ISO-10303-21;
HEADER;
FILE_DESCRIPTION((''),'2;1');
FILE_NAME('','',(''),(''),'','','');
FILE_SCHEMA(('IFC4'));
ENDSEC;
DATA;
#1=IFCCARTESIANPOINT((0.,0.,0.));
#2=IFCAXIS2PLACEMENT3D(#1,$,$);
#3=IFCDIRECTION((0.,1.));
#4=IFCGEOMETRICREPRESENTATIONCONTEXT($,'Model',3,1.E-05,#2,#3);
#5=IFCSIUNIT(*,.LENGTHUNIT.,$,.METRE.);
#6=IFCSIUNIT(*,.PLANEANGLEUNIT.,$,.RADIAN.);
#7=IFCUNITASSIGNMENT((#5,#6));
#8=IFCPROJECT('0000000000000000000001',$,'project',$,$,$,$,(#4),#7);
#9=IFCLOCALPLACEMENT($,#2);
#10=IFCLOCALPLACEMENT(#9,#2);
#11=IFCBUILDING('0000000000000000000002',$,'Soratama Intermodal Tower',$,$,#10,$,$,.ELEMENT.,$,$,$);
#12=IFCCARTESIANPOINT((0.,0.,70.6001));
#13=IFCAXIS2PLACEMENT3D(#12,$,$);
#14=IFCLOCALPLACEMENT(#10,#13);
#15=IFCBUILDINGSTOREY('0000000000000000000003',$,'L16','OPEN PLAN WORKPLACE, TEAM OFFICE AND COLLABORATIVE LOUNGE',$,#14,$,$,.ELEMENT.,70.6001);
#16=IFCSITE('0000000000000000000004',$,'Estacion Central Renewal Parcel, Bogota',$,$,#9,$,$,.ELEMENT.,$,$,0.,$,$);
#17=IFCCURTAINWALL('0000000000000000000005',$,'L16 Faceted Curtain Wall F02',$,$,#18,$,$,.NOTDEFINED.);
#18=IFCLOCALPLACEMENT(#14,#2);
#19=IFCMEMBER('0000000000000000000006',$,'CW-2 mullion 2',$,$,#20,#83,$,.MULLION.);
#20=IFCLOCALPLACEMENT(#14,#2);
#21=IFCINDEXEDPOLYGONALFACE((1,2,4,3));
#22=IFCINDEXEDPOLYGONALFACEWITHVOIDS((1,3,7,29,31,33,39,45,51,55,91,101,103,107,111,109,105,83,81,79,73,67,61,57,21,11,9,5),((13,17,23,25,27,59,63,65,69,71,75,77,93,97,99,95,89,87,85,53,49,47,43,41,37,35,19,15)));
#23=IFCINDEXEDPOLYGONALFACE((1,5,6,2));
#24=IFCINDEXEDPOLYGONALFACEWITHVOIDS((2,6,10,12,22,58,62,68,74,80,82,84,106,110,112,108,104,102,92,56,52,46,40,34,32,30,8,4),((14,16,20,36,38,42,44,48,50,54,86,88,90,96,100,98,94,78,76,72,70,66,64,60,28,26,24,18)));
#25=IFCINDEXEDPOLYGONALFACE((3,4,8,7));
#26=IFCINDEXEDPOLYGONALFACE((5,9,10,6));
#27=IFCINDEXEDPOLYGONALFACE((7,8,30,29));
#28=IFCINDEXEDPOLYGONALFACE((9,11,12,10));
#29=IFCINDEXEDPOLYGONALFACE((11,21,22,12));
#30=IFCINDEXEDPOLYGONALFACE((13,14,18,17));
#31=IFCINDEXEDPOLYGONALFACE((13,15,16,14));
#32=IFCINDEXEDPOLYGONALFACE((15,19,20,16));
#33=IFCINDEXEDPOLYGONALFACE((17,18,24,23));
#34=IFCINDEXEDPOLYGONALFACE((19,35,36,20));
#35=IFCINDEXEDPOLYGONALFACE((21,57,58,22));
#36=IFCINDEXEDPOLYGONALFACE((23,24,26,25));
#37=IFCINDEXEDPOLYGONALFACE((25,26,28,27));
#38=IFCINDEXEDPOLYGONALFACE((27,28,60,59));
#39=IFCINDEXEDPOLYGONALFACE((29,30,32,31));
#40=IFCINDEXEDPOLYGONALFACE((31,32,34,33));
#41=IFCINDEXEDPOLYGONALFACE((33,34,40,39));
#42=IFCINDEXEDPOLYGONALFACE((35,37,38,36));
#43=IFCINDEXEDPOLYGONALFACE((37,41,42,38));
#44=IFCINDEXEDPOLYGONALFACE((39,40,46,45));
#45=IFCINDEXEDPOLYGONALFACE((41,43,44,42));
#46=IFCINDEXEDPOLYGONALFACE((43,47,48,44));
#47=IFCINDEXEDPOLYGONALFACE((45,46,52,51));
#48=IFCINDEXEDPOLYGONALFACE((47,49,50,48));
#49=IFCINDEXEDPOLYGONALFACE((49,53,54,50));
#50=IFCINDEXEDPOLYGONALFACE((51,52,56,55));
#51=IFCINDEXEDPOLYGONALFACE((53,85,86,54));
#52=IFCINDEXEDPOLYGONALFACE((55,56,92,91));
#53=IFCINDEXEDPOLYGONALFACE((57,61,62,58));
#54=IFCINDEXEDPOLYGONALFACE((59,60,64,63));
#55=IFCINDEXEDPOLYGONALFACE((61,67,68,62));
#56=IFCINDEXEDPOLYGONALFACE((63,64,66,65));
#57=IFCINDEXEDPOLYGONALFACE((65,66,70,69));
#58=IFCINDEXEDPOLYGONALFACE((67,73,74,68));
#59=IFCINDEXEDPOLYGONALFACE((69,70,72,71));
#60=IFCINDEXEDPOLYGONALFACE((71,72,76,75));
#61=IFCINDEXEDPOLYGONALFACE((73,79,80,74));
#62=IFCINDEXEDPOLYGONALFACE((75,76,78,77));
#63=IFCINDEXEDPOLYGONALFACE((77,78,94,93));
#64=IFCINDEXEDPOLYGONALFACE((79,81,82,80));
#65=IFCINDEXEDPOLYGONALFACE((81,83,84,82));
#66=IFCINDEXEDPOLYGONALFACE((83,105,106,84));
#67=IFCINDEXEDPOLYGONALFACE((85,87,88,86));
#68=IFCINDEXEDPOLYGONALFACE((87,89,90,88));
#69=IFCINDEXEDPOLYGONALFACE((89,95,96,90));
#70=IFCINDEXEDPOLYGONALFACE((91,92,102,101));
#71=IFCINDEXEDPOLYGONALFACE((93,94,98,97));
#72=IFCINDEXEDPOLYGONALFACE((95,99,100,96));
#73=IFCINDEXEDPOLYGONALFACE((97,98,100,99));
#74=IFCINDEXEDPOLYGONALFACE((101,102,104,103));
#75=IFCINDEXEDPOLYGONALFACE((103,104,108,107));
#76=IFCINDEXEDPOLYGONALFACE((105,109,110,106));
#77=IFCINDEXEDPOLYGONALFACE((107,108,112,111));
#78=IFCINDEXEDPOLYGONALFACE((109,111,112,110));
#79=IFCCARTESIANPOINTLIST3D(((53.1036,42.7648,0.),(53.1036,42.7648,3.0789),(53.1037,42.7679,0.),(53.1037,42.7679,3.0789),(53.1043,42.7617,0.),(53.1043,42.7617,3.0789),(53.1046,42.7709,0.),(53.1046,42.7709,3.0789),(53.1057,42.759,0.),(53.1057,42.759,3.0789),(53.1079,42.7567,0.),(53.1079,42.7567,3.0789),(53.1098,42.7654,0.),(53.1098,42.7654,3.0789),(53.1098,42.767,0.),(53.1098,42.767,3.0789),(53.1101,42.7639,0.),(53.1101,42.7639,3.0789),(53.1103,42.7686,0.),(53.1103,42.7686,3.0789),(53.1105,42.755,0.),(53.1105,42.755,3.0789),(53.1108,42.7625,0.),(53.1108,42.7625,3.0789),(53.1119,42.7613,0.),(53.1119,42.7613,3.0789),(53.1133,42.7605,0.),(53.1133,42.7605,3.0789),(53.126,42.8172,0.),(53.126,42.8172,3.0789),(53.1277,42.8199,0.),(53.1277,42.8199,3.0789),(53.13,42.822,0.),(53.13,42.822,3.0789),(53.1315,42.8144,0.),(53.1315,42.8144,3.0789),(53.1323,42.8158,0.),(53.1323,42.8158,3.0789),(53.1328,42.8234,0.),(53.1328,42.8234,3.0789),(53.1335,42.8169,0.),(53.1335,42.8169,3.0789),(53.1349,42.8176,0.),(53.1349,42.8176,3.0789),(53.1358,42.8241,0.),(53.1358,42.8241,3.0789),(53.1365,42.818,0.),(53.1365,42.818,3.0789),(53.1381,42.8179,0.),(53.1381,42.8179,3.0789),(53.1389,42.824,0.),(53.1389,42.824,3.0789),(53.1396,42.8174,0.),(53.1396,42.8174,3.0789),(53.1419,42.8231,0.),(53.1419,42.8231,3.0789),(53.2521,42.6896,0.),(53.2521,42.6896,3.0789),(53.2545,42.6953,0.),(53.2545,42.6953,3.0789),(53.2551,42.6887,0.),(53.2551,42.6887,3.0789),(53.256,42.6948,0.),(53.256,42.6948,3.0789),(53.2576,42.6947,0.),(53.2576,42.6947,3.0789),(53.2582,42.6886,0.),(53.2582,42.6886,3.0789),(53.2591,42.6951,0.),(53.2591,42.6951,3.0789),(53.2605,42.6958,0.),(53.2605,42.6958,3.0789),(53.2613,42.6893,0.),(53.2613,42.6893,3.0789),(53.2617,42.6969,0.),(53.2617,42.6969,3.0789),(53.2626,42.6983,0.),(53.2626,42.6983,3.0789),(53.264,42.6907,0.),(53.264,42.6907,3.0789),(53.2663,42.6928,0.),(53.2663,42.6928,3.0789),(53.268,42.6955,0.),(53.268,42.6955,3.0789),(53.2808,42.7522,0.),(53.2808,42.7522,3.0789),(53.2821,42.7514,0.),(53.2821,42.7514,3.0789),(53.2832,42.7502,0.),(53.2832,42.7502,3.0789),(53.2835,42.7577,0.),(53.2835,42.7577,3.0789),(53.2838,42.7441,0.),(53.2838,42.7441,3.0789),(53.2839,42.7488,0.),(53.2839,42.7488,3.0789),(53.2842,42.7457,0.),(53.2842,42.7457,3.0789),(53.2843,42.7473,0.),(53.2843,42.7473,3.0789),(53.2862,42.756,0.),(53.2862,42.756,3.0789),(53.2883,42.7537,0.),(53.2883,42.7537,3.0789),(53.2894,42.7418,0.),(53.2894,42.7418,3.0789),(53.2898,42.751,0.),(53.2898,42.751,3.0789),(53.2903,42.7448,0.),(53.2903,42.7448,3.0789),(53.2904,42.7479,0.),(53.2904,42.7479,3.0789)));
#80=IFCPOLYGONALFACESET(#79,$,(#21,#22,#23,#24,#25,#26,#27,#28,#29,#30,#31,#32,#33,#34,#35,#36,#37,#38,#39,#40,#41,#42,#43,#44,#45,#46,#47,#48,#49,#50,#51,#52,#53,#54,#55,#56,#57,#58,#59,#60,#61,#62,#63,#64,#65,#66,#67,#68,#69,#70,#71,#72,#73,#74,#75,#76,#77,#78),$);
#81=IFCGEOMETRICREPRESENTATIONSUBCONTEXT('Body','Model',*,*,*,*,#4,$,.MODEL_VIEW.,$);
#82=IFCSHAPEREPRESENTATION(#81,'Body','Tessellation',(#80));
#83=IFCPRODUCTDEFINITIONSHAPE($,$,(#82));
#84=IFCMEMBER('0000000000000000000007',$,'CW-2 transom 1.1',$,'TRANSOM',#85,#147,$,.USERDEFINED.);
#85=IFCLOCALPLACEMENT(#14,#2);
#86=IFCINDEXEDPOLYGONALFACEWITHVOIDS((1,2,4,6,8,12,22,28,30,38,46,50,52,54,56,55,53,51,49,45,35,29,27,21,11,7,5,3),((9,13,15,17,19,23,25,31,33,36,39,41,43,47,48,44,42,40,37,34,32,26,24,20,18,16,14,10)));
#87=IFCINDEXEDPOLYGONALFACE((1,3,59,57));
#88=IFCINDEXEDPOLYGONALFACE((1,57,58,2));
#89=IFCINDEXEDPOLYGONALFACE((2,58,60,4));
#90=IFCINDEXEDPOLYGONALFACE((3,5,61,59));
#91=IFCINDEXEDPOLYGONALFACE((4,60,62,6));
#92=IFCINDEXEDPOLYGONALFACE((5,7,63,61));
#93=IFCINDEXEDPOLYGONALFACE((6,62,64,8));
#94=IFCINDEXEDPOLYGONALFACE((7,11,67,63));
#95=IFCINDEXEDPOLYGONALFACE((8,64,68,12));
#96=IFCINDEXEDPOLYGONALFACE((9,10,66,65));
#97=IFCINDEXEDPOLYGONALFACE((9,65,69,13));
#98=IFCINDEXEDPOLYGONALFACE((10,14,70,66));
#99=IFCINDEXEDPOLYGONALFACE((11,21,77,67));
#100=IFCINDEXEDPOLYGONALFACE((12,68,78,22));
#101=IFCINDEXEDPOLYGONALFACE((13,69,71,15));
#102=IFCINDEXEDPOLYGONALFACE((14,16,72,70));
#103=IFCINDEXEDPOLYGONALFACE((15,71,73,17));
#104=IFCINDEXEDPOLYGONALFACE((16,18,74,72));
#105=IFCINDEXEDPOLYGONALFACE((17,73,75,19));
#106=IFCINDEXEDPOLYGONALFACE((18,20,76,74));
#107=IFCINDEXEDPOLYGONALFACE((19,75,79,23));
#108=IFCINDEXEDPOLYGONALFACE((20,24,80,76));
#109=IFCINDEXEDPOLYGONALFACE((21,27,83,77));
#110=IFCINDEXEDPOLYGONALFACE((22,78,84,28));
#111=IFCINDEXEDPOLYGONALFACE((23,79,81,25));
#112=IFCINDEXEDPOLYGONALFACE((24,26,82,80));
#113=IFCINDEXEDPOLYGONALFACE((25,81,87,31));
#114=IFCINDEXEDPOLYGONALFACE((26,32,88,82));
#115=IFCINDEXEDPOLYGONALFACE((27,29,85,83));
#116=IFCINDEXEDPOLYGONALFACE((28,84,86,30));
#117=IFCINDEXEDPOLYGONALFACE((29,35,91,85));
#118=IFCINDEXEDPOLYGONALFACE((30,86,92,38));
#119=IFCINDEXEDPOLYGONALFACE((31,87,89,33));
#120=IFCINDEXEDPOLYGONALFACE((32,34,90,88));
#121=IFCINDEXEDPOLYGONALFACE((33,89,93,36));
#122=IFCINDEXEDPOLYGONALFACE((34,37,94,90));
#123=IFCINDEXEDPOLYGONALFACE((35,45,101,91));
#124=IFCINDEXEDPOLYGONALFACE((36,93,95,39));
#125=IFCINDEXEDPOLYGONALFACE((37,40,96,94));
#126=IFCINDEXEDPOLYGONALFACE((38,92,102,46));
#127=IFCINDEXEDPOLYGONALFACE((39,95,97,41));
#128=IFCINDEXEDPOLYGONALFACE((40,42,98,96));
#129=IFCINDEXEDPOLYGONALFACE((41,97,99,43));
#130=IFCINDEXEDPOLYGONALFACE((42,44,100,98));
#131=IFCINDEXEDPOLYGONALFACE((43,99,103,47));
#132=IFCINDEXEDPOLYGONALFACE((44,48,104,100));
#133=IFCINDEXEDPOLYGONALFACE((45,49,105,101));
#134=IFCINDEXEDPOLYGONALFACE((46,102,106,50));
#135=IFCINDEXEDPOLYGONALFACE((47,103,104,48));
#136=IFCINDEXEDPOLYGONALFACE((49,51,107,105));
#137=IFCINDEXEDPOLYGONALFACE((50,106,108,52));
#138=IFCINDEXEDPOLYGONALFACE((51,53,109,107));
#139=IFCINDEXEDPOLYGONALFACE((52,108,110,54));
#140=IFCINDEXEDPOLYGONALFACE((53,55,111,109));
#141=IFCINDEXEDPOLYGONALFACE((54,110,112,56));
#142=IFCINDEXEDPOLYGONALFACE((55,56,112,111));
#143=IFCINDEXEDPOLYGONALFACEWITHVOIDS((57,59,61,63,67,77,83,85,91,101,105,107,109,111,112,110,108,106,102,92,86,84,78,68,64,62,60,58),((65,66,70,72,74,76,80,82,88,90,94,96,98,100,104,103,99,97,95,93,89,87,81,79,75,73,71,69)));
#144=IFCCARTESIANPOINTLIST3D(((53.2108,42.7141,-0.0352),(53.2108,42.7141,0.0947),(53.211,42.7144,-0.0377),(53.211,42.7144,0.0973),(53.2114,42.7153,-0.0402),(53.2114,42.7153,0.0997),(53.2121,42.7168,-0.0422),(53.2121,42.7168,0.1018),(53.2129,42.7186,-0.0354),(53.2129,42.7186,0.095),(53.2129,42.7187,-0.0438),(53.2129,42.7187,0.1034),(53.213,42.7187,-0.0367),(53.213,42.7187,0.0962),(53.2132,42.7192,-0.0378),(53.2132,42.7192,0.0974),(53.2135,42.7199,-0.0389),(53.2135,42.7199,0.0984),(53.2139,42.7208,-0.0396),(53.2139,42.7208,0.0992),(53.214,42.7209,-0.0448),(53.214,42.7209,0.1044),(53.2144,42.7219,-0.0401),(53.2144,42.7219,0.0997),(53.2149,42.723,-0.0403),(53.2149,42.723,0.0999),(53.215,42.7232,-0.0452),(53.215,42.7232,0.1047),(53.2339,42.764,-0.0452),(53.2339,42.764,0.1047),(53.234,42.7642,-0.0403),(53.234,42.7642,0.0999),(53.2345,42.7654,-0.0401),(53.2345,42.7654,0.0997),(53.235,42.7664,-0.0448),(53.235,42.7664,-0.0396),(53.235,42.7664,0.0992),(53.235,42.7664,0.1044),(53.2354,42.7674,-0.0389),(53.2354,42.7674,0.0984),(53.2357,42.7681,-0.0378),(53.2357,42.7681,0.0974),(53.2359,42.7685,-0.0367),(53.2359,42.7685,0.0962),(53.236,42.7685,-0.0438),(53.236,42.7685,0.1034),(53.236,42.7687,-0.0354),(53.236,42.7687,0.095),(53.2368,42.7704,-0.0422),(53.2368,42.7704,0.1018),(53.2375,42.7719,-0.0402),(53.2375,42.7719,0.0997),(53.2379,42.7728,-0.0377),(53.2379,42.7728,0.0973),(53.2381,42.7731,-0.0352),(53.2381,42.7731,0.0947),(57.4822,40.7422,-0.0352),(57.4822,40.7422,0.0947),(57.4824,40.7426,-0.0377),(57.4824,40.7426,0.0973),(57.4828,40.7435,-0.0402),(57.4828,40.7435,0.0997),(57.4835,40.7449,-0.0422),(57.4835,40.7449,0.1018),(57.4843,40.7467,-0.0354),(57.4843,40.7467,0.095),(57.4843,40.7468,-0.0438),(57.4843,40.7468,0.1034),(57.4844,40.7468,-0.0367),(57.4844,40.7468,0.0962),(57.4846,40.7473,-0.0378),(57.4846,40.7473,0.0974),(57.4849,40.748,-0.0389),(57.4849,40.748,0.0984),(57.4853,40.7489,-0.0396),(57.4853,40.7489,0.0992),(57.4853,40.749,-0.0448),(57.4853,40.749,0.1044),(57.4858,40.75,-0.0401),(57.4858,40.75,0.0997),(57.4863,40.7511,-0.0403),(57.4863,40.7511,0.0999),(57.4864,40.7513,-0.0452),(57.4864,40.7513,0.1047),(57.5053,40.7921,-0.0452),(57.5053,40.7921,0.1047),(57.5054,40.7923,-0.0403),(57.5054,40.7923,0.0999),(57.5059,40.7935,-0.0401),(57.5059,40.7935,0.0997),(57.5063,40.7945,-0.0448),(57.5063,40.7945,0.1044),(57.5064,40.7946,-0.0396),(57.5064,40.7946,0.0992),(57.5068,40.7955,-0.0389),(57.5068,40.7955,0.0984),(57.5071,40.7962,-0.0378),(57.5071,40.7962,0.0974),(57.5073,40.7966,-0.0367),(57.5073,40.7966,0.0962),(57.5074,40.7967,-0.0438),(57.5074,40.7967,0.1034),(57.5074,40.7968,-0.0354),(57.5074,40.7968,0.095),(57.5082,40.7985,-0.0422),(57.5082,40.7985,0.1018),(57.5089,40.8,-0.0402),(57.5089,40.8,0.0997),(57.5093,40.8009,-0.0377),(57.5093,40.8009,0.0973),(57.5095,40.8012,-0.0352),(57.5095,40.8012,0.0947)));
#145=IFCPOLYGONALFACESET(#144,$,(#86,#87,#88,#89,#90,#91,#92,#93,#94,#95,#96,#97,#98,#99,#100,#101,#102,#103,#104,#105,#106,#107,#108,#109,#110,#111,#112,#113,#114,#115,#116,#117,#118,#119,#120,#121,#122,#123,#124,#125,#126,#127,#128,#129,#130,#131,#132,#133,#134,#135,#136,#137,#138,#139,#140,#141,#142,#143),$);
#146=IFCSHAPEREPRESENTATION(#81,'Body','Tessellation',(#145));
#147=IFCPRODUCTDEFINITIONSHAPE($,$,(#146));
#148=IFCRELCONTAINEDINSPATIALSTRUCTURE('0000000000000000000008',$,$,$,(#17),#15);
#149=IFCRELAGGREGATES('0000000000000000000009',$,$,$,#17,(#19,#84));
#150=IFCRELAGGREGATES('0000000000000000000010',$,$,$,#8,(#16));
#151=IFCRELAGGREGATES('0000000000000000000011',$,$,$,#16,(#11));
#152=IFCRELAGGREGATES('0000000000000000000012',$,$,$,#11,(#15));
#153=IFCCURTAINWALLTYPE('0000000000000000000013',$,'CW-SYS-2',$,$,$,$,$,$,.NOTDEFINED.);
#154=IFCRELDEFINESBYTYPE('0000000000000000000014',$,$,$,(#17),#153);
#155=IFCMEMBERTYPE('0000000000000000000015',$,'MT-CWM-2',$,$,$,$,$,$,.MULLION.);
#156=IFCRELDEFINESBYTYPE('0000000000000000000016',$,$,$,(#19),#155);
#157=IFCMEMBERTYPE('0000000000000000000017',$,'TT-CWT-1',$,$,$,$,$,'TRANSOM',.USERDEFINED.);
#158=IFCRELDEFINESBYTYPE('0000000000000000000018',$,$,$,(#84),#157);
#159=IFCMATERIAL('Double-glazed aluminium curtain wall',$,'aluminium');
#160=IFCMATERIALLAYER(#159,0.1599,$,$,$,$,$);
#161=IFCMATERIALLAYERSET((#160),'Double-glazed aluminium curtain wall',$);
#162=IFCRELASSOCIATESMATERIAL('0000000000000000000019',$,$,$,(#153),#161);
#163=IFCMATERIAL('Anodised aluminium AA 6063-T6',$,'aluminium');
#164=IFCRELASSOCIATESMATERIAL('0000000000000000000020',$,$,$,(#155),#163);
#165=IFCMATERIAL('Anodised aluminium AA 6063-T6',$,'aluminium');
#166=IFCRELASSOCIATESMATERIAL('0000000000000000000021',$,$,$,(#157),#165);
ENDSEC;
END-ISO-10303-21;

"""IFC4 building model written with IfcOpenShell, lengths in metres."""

from ifc_helpers import new_model, si_unit, direction, frame, origin, origin_2d, place, context, subcontext, project, spatial, hollow_rectangle, extrude, material, layer, layer_set, material_profile, profile_set, type_object, element, aggregate, save


model = new_model("IFC4")

# Units and contexts
model_context = context("Model", 3, precision=1e-05, world=origin(), true_north=direction((0.0, 1.0)))
body_context = subcontext(model_context, "Body", "Model", "MODEL_VIEW")
ifc_project = project(units=[si_unit("LENGTHUNIT", "METRE"), si_unit("PLANEANGLEUNIT", "RADIAN")], contexts=[model_context])

# Site, building, storey
site_placement = place(None, origin())
site = spatial("IfcSite", under=ifc_project, at=site_placement, Name="Estacion Central Renewal Parcel, Bogota", CompositionType="ELEMENT", RefElevation=0.0)
building_placement = place(site_placement, origin())
building = spatial("IfcBuilding", under=site, at=building_placement, Name="Soratama Intermodal Tower", CompositionType="ELEMENT")
storey_placement = place(building_placement, frame((0.0, 0.0, 70.6001)))
storey = spatial("IfcBuildingStorey", under=building, at=storey_placement, Name="L16", Description="OPEN PLAN WORKPLACE, TEAM OFFICE AND COLLABORATIVE LOUNGE", CompositionType="ELEMENT", Elevation=70.6001)

# Shared definitions
ifc_material_1 = material(Name="Double-glazed aluminium curtain wall", Category="aluminium")
ifc_layer_1 = layer(ifc_material_1, 0.1599)
ifc_layer_set_1 = layer_set([ifc_layer_1], Name="Double-glazed aluminium curtain wall")
curtain_wall_type = type_object("IfcCurtainWallType", Name="CW-SYS-2", PredefinedType="NOTDEFINED", material=ifc_layer_set_1)
ifc_material_2 = material(Name="Anodised aluminium AA 6063-T6", Category="aluminium")
ifc_material_profile_1 = material_profile(ifc_material_2, hollow_rectangle(XDim=0.075, YDim=0.1799, WallThickness=0.0061, InnerFilletRadius=0.0061, OuterFilletRadius=0.012, at=origin_2d()), Name="CWM180X75X6")
ifc_profile_set_1 = profile_set([ifc_material_profile_1], Name="Anodised aluminium AA 6063-T6")
member_type_1 = type_object("IfcMemberType", Name="MT-CWM-2", PredefinedType="MULLION", material=ifc_profile_set_1)

# Curtain wall, members
curtain_wall_1_placement = place(storey_placement, origin())
curtain_wall_1 = element("IfcCurtainWall", 1, at=curtain_wall_1_placement, inside=storey, type_object=curtain_wall_type, Name="L16 Faceted Curtain Wall F02", PredefinedType="NOTDEFINED")
member_1_placement = place(storey_placement, frame((53.197, 42.7563, 0.0), z_axis=(0.0, 0.0, 1.0), x_axis=(-0.419138, -0.907923, 0.0)))
member_1 = element("IfcMember", 2, at=member_1_placement, type_object=member_type_1, Name="CW-2 mullion 2", PredefinedType="MULLION", context=body_context, shape_type="SweptSolid", body=[
    extrude(hollow_rectangle(XDim=0.075, YDim=0.1799, WallThickness=0.0061, InnerFilletRadius=0.0061, OuterFilletRadius=0.012, at=origin_2d()), origin(), (0.0, 0.0, 1.0), 3.0789),
])
ifc_material_3 = material(Name="Anodised aluminium AA 6063-T6", Category="aluminium")
ifc_material_profile_2 = material_profile(ifc_material_3, hollow_rectangle(XDim=0.0649, YDim=0.1499, WallThickness=0.0049, InnerFilletRadius=0.0049, OuterFilletRadius=0.01, at=origin_2d()), Name="CWT150X65X5")
ifc_profile_set_2 = profile_set([ifc_material_profile_2], Name="Anodised aluminium AA 6063-T6")
member_type_2 = type_object("IfcMemberType", Name="TT-CWT-1", ElementType="TRANSOM", PredefinedType="USERDEFINED", material=ifc_profile_set_2)
member_2_placement = place(storey_placement, frame((57.4958, 40.7717, 0.0298), z_axis=(-0.907921, 0.41914, 0.0), x_axis=(-0.41914, -0.907921, 0.0)))
member_2 = element("IfcMember", 3, at=member_2_placement, type_object=member_type_2, Name="CW-2 transom 1.1", ObjectType="TRANSOM", PredefinedType="USERDEFINED", context=body_context, shape_type="SweptSolid", body=[
    extrude(hollow_rectangle(XDim=0.0649, YDim=0.1499, WallThickness=0.0049, InnerFilletRadius=0.0049, OuterFilletRadius=0.01, at=origin_2d()), origin(), (0.0, 0.0, 1.0), 4.7046),
])
aggregate(curtain_wall_1, [member_1, member_2])

save(model, "model.ifc")
